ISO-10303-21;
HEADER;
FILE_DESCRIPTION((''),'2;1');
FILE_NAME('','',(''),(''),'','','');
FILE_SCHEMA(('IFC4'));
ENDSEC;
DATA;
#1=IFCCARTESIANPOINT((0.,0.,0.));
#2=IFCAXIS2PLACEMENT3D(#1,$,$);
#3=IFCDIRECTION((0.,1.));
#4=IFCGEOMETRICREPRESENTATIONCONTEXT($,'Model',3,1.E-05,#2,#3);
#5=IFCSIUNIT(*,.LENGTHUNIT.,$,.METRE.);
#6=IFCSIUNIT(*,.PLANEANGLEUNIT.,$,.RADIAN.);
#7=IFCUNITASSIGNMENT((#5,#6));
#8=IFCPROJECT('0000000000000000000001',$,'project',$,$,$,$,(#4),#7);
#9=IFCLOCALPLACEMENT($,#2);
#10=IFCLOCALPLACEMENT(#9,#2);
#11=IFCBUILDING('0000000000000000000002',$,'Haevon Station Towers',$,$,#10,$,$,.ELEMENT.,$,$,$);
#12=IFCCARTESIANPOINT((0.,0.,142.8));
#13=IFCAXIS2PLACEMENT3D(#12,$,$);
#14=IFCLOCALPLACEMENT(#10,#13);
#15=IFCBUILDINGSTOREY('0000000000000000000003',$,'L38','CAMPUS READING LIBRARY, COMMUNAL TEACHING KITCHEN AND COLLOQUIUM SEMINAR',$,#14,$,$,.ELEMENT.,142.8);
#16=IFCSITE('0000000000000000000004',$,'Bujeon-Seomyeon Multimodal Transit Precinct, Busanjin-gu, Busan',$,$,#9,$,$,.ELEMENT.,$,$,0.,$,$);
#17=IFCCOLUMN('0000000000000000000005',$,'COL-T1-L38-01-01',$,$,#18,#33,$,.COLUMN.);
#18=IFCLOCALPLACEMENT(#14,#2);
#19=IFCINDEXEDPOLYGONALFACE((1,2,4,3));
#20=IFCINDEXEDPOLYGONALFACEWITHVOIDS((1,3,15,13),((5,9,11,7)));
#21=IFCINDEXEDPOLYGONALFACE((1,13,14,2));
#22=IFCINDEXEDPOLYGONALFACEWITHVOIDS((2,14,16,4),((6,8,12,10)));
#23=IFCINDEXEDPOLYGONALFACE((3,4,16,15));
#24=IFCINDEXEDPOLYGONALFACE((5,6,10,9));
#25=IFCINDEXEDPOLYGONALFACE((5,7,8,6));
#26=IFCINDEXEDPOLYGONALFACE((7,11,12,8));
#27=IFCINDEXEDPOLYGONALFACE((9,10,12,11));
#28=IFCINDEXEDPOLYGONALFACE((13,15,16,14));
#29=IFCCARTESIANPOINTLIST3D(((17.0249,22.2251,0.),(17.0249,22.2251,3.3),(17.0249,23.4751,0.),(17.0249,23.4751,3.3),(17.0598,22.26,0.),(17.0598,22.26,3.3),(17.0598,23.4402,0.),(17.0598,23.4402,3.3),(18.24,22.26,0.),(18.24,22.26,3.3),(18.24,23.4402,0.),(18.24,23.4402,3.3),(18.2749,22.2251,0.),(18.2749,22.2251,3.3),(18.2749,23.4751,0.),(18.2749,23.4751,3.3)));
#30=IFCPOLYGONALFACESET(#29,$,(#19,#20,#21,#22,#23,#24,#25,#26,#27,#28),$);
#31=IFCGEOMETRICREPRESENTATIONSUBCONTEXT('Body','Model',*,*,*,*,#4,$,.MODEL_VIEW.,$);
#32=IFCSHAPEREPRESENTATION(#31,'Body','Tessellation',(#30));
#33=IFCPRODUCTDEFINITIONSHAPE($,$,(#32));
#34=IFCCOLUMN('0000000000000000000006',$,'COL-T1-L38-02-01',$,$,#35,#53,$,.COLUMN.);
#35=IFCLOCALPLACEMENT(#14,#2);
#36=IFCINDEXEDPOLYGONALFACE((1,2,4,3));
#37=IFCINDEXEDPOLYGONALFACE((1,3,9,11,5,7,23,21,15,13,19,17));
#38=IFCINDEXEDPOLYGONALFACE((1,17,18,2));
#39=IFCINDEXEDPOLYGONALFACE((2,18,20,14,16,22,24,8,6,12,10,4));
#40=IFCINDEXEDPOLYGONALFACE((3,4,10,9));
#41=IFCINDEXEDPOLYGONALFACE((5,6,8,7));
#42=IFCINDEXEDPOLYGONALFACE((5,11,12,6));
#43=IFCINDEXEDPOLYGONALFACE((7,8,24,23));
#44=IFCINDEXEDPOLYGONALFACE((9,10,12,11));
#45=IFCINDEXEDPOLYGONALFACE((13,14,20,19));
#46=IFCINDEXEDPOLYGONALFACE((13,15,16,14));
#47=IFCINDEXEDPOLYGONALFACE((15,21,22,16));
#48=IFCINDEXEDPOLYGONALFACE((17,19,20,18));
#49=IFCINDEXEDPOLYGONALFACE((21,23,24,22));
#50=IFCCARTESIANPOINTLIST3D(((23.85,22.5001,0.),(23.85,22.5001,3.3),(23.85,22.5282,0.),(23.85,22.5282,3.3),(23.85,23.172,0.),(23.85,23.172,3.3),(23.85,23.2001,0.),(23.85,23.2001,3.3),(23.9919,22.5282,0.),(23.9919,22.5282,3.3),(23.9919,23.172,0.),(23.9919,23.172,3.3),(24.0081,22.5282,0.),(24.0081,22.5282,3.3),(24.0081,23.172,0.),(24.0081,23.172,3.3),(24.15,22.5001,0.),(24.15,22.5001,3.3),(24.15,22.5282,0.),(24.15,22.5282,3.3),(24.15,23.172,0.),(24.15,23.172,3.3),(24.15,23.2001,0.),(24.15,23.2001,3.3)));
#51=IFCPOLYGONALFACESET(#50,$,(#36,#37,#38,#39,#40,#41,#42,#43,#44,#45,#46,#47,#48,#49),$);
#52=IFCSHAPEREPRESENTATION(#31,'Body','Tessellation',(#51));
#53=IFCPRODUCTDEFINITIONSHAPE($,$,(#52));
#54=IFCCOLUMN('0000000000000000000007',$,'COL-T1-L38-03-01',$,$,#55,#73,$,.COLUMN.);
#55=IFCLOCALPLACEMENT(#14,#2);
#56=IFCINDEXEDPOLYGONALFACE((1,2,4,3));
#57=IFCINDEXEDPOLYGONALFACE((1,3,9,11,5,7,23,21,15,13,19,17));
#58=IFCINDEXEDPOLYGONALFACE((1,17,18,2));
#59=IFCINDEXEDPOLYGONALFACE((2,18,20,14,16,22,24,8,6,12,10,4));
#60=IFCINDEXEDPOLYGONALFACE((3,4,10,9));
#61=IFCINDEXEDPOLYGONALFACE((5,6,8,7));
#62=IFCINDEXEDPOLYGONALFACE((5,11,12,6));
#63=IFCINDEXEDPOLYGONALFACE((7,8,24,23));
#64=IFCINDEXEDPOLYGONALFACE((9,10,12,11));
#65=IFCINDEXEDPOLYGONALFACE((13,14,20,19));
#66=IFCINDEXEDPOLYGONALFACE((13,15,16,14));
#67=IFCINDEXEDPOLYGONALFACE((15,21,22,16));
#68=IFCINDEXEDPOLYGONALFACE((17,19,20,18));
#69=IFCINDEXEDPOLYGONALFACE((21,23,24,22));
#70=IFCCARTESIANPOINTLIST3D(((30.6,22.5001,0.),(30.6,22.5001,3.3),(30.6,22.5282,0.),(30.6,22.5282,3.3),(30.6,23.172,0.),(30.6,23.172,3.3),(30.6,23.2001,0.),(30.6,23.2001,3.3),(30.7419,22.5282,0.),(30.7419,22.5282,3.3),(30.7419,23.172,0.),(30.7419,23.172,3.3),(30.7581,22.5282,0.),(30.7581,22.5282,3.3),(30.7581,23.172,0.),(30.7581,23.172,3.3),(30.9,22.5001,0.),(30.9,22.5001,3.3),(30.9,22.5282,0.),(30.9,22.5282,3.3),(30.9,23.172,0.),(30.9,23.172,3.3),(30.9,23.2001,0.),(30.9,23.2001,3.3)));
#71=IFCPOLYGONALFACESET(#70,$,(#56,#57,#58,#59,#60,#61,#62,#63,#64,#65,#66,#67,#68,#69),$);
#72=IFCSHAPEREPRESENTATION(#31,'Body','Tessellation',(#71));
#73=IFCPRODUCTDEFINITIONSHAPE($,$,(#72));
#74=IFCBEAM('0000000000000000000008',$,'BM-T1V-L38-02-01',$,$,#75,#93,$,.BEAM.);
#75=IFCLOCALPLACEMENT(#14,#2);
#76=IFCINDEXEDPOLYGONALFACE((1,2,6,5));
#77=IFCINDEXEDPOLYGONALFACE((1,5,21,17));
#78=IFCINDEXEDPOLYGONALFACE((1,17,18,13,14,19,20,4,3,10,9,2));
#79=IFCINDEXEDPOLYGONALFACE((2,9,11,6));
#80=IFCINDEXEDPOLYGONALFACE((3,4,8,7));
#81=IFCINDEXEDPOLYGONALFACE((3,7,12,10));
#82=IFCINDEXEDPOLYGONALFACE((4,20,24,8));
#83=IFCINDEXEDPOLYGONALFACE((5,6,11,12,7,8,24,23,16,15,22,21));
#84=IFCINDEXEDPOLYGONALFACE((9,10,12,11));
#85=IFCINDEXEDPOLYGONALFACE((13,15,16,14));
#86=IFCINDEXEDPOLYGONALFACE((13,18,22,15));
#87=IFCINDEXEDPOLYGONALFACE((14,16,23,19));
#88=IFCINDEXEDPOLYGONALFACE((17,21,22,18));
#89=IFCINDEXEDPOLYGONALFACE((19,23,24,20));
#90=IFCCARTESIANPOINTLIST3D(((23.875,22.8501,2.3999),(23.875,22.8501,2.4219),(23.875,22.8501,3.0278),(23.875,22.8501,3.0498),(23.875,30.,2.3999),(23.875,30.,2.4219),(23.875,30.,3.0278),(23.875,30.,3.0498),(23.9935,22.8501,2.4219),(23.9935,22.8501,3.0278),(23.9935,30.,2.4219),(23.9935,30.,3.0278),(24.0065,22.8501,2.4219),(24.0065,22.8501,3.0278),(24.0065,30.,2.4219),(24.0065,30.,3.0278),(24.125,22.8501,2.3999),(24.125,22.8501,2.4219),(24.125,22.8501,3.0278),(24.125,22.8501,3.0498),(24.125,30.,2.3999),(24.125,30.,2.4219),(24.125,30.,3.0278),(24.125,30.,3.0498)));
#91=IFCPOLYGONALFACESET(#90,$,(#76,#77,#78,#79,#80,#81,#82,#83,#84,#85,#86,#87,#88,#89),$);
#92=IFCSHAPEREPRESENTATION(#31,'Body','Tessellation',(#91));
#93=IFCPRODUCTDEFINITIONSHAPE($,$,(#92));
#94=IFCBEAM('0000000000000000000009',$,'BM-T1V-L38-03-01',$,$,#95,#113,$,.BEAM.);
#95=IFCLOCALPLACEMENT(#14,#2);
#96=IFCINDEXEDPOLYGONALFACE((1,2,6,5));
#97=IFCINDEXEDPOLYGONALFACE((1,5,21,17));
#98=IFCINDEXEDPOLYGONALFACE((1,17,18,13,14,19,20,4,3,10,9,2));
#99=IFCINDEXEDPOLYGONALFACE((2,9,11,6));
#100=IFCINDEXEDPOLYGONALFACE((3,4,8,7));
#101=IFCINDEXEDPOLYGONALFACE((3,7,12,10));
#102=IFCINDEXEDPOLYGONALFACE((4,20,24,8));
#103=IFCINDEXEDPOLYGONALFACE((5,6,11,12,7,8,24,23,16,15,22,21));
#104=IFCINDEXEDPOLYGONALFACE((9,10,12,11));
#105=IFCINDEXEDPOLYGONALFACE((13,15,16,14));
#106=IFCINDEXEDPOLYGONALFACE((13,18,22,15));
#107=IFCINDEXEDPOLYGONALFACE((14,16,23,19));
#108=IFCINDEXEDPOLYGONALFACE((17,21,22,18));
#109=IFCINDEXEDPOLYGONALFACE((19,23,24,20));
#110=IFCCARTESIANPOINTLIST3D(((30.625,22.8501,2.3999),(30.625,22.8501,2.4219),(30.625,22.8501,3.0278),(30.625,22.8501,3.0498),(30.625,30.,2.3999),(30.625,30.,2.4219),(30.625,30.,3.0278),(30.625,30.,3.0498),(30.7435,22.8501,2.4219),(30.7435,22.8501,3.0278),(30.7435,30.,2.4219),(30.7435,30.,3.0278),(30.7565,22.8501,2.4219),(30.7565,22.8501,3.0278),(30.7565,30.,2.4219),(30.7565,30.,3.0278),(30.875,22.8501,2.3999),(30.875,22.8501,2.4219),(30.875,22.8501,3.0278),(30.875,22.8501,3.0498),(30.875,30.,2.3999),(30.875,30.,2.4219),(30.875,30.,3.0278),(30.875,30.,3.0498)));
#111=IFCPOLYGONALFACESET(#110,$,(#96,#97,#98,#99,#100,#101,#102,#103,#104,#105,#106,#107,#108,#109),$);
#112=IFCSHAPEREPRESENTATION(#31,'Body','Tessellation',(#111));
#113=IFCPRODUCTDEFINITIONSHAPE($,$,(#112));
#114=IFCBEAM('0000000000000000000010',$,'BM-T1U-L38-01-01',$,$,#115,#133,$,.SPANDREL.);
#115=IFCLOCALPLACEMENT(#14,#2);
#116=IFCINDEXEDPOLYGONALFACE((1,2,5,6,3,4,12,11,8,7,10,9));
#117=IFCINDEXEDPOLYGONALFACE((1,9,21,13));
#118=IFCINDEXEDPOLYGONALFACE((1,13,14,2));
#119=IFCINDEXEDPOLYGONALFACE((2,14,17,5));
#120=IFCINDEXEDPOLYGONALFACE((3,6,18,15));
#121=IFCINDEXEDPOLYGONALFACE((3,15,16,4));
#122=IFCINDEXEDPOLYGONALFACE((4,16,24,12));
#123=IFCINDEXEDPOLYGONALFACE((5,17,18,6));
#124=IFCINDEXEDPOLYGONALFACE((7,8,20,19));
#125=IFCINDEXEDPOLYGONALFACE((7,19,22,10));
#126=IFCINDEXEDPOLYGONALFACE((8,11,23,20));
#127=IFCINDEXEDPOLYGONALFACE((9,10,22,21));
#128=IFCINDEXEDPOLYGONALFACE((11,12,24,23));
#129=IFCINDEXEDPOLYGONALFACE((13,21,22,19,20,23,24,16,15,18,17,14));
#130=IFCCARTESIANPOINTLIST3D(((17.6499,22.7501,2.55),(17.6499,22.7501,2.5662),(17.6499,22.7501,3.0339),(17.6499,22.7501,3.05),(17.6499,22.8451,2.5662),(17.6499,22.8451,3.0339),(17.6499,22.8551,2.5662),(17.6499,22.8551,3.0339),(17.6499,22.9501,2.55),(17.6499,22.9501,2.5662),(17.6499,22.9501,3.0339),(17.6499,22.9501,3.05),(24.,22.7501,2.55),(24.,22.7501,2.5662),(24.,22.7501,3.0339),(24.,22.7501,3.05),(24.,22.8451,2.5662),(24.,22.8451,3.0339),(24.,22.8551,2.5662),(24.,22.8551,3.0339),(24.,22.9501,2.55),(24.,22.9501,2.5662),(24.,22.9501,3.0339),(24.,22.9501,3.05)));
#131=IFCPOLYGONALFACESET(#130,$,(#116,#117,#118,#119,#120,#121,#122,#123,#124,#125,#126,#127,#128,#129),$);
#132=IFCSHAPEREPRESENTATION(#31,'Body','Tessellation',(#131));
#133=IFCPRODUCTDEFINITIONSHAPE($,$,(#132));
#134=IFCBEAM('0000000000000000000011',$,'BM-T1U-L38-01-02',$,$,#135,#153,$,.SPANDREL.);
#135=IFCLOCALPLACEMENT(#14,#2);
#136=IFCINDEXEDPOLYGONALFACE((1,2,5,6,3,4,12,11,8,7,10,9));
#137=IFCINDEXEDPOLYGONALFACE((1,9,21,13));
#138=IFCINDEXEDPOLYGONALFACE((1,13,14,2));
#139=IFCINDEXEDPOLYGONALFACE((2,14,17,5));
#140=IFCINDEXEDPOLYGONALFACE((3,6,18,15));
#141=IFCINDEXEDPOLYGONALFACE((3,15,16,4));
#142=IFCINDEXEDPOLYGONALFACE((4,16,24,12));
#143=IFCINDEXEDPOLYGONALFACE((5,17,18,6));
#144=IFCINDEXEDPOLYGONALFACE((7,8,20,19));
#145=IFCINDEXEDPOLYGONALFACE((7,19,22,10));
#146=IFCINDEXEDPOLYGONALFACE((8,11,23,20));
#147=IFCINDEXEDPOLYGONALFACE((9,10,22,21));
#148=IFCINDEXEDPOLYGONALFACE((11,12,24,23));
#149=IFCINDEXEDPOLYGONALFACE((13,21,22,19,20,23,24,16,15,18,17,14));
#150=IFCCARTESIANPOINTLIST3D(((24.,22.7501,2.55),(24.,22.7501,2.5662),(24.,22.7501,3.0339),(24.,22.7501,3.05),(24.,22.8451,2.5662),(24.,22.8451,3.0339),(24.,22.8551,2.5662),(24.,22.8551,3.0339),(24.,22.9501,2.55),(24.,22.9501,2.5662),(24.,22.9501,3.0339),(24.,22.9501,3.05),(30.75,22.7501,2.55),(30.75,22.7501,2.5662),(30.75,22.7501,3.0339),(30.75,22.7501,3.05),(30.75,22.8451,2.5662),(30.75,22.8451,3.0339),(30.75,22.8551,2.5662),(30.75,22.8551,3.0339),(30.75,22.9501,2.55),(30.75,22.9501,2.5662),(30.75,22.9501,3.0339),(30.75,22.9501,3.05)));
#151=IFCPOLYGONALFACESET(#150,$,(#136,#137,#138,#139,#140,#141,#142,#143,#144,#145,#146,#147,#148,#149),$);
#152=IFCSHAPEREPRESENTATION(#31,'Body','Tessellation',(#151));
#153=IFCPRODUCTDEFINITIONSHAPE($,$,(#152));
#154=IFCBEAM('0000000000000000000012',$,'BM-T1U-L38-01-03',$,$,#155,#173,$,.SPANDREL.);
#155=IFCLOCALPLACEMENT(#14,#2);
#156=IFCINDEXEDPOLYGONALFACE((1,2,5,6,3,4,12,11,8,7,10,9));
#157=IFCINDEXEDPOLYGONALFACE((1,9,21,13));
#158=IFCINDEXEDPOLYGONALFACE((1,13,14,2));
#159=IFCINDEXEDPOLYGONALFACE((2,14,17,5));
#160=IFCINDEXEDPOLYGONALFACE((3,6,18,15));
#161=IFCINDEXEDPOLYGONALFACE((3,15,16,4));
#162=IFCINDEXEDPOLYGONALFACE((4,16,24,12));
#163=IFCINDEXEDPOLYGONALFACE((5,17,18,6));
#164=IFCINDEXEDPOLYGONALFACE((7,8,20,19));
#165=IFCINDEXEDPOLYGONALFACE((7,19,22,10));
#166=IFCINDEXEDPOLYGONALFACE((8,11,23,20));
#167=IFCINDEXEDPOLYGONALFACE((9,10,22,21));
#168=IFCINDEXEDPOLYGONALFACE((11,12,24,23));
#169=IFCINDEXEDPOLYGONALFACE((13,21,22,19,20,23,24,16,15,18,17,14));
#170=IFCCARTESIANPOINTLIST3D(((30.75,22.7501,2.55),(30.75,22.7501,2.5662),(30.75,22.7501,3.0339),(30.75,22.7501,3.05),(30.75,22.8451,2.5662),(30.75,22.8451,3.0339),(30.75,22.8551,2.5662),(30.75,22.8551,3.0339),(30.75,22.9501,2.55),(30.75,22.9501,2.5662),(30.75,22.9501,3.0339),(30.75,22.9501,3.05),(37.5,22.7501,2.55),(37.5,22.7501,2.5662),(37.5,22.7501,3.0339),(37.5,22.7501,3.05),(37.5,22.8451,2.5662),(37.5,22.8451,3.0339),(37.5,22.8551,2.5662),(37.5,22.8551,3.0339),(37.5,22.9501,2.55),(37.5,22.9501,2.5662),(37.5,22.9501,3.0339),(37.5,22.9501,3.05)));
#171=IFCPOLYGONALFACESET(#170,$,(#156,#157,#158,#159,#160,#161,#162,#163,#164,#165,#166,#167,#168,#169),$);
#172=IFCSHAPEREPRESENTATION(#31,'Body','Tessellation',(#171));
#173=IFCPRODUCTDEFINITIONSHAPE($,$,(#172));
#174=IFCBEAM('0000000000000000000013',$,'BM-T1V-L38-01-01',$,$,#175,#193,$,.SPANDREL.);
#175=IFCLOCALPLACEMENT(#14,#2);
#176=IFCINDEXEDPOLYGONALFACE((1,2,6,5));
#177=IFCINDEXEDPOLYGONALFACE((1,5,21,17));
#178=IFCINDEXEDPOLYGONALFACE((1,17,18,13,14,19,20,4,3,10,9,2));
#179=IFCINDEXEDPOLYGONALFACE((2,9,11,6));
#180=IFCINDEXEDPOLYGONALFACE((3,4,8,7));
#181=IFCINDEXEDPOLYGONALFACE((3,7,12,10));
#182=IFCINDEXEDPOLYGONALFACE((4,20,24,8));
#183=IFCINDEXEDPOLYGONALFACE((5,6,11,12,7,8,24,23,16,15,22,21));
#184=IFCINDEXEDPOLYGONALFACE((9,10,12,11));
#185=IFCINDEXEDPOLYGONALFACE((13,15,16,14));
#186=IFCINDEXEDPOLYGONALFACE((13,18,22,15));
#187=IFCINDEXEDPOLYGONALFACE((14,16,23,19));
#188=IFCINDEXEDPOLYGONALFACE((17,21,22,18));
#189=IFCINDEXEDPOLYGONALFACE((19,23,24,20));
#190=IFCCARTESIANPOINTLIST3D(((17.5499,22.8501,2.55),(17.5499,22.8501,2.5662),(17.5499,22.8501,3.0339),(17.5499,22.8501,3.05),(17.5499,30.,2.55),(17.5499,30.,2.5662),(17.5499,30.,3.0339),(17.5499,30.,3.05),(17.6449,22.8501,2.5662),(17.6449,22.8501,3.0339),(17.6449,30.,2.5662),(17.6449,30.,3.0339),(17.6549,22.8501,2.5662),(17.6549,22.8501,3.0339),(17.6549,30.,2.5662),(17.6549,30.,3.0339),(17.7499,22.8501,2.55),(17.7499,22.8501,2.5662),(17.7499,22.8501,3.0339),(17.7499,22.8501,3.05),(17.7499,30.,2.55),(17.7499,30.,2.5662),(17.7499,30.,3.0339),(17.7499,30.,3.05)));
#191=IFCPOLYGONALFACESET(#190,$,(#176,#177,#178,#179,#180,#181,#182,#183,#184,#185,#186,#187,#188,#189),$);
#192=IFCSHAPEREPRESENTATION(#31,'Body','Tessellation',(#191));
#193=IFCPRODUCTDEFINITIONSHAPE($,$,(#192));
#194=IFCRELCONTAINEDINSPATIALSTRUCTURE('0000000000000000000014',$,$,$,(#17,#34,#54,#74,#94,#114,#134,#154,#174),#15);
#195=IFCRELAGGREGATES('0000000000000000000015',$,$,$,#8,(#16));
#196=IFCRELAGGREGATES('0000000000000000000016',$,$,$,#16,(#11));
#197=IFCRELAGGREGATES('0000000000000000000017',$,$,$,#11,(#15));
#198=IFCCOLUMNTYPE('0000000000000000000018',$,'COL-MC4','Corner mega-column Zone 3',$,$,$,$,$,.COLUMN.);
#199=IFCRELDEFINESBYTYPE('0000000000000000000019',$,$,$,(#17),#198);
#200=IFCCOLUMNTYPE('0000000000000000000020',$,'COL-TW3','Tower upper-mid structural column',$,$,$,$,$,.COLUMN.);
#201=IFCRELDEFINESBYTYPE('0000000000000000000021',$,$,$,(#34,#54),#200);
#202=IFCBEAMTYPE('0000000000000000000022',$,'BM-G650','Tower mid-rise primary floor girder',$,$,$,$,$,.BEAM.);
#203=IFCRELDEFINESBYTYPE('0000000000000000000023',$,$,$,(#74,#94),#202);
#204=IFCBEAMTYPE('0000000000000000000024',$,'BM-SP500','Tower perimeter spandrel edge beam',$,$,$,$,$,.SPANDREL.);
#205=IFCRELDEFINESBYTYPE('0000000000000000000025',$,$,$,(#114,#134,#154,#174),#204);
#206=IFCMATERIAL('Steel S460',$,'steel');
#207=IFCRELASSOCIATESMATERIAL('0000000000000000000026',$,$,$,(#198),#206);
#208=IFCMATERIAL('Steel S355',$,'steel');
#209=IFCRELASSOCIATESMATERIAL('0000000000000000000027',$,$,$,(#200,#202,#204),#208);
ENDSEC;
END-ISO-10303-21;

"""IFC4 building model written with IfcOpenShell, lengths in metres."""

from ifc_helpers import new_model, si_unit, direction, frame, origin, origin_2d, place, context, subcontext, project, spatial, hollow_rectangle, i_section, extrude, material, material_profile, profile_set, type_object, element, save


model = new_model("IFC4")

# Units and contexts
model_context = context("Model", 3, precision=1e-05, world=origin(), true_north=direction((0.0, 1.0)))
body_context = subcontext(model_context, "Body", "Model", "MODEL_VIEW")
ifc_project = project(units=[si_unit("LENGTHUNIT", "METRE"), si_unit("PLANEANGLEUNIT", "RADIAN")], contexts=[model_context])

# Site, building, storey
site_placement = place(None, origin())
site = spatial("IfcSite", under=ifc_project, at=site_placement, Name="Bujeon-Seomyeon Multimodal Transit Precinct, Busanjin-gu, Busan", CompositionType="ELEMENT", RefElevation=0.0)
building_placement = place(site_placement, origin())
building = spatial("IfcBuilding", under=site, at=building_placement, Name="Haevon Station Towers", CompositionType="ELEMENT")
storey_placement = place(building_placement, frame((0.0, 0.0, 142.8)))
storey = spatial("IfcBuildingStorey", under=building, at=storey_placement, Name="L38", Description="CAMPUS READING LIBRARY, COMMUNAL TEACHING KITCHEN AND COLLOQUIUM SEMINAR", CompositionType="ELEMENT", Elevation=142.8)

# Columns
ifc_material_1 = material(Name="Steel S460", Category="steel")
ifc_material_profile_1 = material_profile(ifc_material_1, hollow_rectangle(XDim=1.25, YDim=1.25, WallThickness=0.0349, at=origin_2d()), Name="BOX-1250x1250x35")
ifc_profile_set_1 = profile_set([ifc_material_profile_1], Name="Steel S460")
column_type_1 = type_object("IfcColumnType", Name="COL-MC4", Description="Corner mega-column Zone 3", PredefinedType="COLUMN", material=ifc_profile_set_1)
column_placement = place(storey_placement, frame((17.6499, 22.8501, 0.0), z_axis=(0.0, 0.0, 1.0), x_axis=(1.0, 0.0, 0.0)))
element("IfcColumn", 1, at=column_placement, inside=storey, type_object=column_type_1, Name="COL-T1-L38-01-01", PredefinedType="COLUMN", context=body_context, shape_type="SweptSolid", body=[
    extrude(hollow_rectangle(XDim=1.25, YDim=1.25, WallThickness=0.0349, at=origin_2d()), origin(), (0.0, 0.0, 1.0), 3.3),
])
ifc_material_2 = material(Name="Steel S355", Category="steel")
ifc_material_profile_2 = material_profile(ifc_material_2, i_section(OverallWidth=0.3, OverallDepth=0.7, WebThickness=0.0161, FlangeThickness=0.0281, at=origin_2d()), Name="H-700x300x16x28")
ifc_profile_set_2 = profile_set([ifc_material_profile_2], Name="Steel S355")
column_type_2 = type_object("IfcColumnType", Name="COL-TW3", Description="Tower upper-mid structural column", PredefinedType="COLUMN", material=ifc_profile_set_2)
for number, where, z_axis, x_axis, name in (
    (2, (24.0, 22.8501, 0.0), (0.0, 0.0, 1.0), (1.0, 0.0, 0.0), "COL-T1-L38-02-01"),
    (3, (30.75, 22.8501, 0.0), (0.0, 0.0, 1.0), (1.0, 0.0, 0.0), "COL-T1-L38-03-01"),
):
    element("IfcColumn", number, at=place(storey_placement, frame(where, z_axis=z_axis, x_axis=x_axis)), inside=storey, type_object=column_type_2, Name=name, PredefinedType="COLUMN", context=body_context, shape_type="SweptSolid", body=[
        extrude(i_section(OverallWidth=0.3, OverallDepth=0.7, WebThickness=0.0161, FlangeThickness=0.0281, at=origin_2d()), origin(), (0.0, 0.0, 1.0), 3.3),
    ])

# Beams
ifc_material_profile_3 = material_profile(ifc_material_2, i_section(OverallWidth=0.25, OverallDepth=0.6499, WebThickness=0.0129, FlangeThickness=0.022, at=origin_2d()), Name="H-650x250x13x22")
ifc_profile_set_3 = profile_set([ifc_material_profile_3], Name="Steel S355")
beam_type_1 = type_object("IfcBeamType", Name="BM-G650", Description="Tower mid-rise primary floor girder", PredefinedType="BEAM", material=ifc_profile_set_3)
for number, where, z_axis, x_axis, name in (
    (4, (24.0, 22.8501, 2.7249), (0.0, 1.0, 0.0), (-1.0, 0.0, 0.0), "BM-T1V-L38-02-01"),
    (5, (30.75, 22.8501, 2.7249), (0.0, 1.0, 0.0), (-1.0, 0.0, 0.0), "BM-T1V-L38-03-01"),
):
    element("IfcBeam", number, at=place(storey_placement, frame(where, z_axis=z_axis, x_axis=x_axis)), inside=storey, type_object=beam_type_1, Name=name, PredefinedType="BEAM", context=body_context, shape_type="SweptSolid", body=[
        extrude(i_section(OverallWidth=0.25, OverallDepth=0.6499, WebThickness=0.0129, FlangeThickness=0.022, at=origin_2d()), origin(), (0.0, 0.0, 1.0), 7.1499),
    ])
ifc_material_profile_4 = material_profile(ifc_material_2, i_section(OverallWidth=0.2, OverallDepth=0.5, WebThickness=0.01, FlangeThickness=0.0161, at=origin_2d()), Name="H-500x200x10x16")
ifc_profile_set_4 = profile_set([ifc_material_profile_4], Name="Steel S355")
beam_type_2 = type_object("IfcBeamType", Name="BM-SP500", Description="Tower perimeter spandrel edge beam", PredefinedType="SPANDREL", material=ifc_profile_set_4)
beam_1_placement = place(storey_placement, frame((17.6499, 22.8501, 2.8), z_axis=(1.0, 0.0, 0.0), x_axis=(0.0, 1.0, 0.0)))
element("IfcBeam", 6, at=beam_1_placement, inside=storey, type_object=beam_type_2, Name="BM-T1U-L38-01-01", PredefinedType="SPANDREL", context=body_context, shape_type="SweptSolid", body=[
    extrude(i_section(OverallWidth=0.2, OverallDepth=0.5, WebThickness=0.01, FlangeThickness=0.0161, at=origin_2d()), origin(), (0.0, 0.0, 1.0), 6.3501),
])
for number, where, z_axis, x_axis, name in (
    (7, (24.0, 22.8501, 2.8), (1.0, 0.0, 0.0), (0.0, 1.0, 0.0), "BM-T1U-L38-01-02"),
    (8, (30.75, 22.8501, 2.8), (1.0, 0.0, 0.0), (0.0, 1.0, 0.0), "BM-T1U-L38-01-03"),
):
    element("IfcBeam", number, at=place(storey_placement, frame(where, z_axis=z_axis, x_axis=x_axis)), inside=storey, type_object=beam_type_2, Name=name, PredefinedType="SPANDREL", context=body_context, shape_type="SweptSolid", body=[
        extrude(i_section(OverallWidth=0.2, OverallDepth=0.5, WebThickness=0.01, FlangeThickness=0.0161, at=origin_2d()), origin(), (0.0, 0.0, 1.0), 6.75),
    ])
beam_2_placement = place(storey_placement, frame((17.6499, 22.8501, 2.8), z_axis=(0.0, 1.0, 0.0), x_axis=(-1.0, 0.0, 0.0)))
element("IfcBeam", 9, at=beam_2_placement, inside=storey, type_object=beam_type_2, Name="BM-T1V-L38-01-01", PredefinedType="SPANDREL", context=body_context, shape_type="SweptSolid", body=[
    extrude(i_section(OverallWidth=0.2, OverallDepth=0.5, WebThickness=0.01, FlangeThickness=0.0161, at=origin_2d()), origin(), (0.0, 0.0, 1.0), 7.1499),
])

save(model, "model.ifc")
